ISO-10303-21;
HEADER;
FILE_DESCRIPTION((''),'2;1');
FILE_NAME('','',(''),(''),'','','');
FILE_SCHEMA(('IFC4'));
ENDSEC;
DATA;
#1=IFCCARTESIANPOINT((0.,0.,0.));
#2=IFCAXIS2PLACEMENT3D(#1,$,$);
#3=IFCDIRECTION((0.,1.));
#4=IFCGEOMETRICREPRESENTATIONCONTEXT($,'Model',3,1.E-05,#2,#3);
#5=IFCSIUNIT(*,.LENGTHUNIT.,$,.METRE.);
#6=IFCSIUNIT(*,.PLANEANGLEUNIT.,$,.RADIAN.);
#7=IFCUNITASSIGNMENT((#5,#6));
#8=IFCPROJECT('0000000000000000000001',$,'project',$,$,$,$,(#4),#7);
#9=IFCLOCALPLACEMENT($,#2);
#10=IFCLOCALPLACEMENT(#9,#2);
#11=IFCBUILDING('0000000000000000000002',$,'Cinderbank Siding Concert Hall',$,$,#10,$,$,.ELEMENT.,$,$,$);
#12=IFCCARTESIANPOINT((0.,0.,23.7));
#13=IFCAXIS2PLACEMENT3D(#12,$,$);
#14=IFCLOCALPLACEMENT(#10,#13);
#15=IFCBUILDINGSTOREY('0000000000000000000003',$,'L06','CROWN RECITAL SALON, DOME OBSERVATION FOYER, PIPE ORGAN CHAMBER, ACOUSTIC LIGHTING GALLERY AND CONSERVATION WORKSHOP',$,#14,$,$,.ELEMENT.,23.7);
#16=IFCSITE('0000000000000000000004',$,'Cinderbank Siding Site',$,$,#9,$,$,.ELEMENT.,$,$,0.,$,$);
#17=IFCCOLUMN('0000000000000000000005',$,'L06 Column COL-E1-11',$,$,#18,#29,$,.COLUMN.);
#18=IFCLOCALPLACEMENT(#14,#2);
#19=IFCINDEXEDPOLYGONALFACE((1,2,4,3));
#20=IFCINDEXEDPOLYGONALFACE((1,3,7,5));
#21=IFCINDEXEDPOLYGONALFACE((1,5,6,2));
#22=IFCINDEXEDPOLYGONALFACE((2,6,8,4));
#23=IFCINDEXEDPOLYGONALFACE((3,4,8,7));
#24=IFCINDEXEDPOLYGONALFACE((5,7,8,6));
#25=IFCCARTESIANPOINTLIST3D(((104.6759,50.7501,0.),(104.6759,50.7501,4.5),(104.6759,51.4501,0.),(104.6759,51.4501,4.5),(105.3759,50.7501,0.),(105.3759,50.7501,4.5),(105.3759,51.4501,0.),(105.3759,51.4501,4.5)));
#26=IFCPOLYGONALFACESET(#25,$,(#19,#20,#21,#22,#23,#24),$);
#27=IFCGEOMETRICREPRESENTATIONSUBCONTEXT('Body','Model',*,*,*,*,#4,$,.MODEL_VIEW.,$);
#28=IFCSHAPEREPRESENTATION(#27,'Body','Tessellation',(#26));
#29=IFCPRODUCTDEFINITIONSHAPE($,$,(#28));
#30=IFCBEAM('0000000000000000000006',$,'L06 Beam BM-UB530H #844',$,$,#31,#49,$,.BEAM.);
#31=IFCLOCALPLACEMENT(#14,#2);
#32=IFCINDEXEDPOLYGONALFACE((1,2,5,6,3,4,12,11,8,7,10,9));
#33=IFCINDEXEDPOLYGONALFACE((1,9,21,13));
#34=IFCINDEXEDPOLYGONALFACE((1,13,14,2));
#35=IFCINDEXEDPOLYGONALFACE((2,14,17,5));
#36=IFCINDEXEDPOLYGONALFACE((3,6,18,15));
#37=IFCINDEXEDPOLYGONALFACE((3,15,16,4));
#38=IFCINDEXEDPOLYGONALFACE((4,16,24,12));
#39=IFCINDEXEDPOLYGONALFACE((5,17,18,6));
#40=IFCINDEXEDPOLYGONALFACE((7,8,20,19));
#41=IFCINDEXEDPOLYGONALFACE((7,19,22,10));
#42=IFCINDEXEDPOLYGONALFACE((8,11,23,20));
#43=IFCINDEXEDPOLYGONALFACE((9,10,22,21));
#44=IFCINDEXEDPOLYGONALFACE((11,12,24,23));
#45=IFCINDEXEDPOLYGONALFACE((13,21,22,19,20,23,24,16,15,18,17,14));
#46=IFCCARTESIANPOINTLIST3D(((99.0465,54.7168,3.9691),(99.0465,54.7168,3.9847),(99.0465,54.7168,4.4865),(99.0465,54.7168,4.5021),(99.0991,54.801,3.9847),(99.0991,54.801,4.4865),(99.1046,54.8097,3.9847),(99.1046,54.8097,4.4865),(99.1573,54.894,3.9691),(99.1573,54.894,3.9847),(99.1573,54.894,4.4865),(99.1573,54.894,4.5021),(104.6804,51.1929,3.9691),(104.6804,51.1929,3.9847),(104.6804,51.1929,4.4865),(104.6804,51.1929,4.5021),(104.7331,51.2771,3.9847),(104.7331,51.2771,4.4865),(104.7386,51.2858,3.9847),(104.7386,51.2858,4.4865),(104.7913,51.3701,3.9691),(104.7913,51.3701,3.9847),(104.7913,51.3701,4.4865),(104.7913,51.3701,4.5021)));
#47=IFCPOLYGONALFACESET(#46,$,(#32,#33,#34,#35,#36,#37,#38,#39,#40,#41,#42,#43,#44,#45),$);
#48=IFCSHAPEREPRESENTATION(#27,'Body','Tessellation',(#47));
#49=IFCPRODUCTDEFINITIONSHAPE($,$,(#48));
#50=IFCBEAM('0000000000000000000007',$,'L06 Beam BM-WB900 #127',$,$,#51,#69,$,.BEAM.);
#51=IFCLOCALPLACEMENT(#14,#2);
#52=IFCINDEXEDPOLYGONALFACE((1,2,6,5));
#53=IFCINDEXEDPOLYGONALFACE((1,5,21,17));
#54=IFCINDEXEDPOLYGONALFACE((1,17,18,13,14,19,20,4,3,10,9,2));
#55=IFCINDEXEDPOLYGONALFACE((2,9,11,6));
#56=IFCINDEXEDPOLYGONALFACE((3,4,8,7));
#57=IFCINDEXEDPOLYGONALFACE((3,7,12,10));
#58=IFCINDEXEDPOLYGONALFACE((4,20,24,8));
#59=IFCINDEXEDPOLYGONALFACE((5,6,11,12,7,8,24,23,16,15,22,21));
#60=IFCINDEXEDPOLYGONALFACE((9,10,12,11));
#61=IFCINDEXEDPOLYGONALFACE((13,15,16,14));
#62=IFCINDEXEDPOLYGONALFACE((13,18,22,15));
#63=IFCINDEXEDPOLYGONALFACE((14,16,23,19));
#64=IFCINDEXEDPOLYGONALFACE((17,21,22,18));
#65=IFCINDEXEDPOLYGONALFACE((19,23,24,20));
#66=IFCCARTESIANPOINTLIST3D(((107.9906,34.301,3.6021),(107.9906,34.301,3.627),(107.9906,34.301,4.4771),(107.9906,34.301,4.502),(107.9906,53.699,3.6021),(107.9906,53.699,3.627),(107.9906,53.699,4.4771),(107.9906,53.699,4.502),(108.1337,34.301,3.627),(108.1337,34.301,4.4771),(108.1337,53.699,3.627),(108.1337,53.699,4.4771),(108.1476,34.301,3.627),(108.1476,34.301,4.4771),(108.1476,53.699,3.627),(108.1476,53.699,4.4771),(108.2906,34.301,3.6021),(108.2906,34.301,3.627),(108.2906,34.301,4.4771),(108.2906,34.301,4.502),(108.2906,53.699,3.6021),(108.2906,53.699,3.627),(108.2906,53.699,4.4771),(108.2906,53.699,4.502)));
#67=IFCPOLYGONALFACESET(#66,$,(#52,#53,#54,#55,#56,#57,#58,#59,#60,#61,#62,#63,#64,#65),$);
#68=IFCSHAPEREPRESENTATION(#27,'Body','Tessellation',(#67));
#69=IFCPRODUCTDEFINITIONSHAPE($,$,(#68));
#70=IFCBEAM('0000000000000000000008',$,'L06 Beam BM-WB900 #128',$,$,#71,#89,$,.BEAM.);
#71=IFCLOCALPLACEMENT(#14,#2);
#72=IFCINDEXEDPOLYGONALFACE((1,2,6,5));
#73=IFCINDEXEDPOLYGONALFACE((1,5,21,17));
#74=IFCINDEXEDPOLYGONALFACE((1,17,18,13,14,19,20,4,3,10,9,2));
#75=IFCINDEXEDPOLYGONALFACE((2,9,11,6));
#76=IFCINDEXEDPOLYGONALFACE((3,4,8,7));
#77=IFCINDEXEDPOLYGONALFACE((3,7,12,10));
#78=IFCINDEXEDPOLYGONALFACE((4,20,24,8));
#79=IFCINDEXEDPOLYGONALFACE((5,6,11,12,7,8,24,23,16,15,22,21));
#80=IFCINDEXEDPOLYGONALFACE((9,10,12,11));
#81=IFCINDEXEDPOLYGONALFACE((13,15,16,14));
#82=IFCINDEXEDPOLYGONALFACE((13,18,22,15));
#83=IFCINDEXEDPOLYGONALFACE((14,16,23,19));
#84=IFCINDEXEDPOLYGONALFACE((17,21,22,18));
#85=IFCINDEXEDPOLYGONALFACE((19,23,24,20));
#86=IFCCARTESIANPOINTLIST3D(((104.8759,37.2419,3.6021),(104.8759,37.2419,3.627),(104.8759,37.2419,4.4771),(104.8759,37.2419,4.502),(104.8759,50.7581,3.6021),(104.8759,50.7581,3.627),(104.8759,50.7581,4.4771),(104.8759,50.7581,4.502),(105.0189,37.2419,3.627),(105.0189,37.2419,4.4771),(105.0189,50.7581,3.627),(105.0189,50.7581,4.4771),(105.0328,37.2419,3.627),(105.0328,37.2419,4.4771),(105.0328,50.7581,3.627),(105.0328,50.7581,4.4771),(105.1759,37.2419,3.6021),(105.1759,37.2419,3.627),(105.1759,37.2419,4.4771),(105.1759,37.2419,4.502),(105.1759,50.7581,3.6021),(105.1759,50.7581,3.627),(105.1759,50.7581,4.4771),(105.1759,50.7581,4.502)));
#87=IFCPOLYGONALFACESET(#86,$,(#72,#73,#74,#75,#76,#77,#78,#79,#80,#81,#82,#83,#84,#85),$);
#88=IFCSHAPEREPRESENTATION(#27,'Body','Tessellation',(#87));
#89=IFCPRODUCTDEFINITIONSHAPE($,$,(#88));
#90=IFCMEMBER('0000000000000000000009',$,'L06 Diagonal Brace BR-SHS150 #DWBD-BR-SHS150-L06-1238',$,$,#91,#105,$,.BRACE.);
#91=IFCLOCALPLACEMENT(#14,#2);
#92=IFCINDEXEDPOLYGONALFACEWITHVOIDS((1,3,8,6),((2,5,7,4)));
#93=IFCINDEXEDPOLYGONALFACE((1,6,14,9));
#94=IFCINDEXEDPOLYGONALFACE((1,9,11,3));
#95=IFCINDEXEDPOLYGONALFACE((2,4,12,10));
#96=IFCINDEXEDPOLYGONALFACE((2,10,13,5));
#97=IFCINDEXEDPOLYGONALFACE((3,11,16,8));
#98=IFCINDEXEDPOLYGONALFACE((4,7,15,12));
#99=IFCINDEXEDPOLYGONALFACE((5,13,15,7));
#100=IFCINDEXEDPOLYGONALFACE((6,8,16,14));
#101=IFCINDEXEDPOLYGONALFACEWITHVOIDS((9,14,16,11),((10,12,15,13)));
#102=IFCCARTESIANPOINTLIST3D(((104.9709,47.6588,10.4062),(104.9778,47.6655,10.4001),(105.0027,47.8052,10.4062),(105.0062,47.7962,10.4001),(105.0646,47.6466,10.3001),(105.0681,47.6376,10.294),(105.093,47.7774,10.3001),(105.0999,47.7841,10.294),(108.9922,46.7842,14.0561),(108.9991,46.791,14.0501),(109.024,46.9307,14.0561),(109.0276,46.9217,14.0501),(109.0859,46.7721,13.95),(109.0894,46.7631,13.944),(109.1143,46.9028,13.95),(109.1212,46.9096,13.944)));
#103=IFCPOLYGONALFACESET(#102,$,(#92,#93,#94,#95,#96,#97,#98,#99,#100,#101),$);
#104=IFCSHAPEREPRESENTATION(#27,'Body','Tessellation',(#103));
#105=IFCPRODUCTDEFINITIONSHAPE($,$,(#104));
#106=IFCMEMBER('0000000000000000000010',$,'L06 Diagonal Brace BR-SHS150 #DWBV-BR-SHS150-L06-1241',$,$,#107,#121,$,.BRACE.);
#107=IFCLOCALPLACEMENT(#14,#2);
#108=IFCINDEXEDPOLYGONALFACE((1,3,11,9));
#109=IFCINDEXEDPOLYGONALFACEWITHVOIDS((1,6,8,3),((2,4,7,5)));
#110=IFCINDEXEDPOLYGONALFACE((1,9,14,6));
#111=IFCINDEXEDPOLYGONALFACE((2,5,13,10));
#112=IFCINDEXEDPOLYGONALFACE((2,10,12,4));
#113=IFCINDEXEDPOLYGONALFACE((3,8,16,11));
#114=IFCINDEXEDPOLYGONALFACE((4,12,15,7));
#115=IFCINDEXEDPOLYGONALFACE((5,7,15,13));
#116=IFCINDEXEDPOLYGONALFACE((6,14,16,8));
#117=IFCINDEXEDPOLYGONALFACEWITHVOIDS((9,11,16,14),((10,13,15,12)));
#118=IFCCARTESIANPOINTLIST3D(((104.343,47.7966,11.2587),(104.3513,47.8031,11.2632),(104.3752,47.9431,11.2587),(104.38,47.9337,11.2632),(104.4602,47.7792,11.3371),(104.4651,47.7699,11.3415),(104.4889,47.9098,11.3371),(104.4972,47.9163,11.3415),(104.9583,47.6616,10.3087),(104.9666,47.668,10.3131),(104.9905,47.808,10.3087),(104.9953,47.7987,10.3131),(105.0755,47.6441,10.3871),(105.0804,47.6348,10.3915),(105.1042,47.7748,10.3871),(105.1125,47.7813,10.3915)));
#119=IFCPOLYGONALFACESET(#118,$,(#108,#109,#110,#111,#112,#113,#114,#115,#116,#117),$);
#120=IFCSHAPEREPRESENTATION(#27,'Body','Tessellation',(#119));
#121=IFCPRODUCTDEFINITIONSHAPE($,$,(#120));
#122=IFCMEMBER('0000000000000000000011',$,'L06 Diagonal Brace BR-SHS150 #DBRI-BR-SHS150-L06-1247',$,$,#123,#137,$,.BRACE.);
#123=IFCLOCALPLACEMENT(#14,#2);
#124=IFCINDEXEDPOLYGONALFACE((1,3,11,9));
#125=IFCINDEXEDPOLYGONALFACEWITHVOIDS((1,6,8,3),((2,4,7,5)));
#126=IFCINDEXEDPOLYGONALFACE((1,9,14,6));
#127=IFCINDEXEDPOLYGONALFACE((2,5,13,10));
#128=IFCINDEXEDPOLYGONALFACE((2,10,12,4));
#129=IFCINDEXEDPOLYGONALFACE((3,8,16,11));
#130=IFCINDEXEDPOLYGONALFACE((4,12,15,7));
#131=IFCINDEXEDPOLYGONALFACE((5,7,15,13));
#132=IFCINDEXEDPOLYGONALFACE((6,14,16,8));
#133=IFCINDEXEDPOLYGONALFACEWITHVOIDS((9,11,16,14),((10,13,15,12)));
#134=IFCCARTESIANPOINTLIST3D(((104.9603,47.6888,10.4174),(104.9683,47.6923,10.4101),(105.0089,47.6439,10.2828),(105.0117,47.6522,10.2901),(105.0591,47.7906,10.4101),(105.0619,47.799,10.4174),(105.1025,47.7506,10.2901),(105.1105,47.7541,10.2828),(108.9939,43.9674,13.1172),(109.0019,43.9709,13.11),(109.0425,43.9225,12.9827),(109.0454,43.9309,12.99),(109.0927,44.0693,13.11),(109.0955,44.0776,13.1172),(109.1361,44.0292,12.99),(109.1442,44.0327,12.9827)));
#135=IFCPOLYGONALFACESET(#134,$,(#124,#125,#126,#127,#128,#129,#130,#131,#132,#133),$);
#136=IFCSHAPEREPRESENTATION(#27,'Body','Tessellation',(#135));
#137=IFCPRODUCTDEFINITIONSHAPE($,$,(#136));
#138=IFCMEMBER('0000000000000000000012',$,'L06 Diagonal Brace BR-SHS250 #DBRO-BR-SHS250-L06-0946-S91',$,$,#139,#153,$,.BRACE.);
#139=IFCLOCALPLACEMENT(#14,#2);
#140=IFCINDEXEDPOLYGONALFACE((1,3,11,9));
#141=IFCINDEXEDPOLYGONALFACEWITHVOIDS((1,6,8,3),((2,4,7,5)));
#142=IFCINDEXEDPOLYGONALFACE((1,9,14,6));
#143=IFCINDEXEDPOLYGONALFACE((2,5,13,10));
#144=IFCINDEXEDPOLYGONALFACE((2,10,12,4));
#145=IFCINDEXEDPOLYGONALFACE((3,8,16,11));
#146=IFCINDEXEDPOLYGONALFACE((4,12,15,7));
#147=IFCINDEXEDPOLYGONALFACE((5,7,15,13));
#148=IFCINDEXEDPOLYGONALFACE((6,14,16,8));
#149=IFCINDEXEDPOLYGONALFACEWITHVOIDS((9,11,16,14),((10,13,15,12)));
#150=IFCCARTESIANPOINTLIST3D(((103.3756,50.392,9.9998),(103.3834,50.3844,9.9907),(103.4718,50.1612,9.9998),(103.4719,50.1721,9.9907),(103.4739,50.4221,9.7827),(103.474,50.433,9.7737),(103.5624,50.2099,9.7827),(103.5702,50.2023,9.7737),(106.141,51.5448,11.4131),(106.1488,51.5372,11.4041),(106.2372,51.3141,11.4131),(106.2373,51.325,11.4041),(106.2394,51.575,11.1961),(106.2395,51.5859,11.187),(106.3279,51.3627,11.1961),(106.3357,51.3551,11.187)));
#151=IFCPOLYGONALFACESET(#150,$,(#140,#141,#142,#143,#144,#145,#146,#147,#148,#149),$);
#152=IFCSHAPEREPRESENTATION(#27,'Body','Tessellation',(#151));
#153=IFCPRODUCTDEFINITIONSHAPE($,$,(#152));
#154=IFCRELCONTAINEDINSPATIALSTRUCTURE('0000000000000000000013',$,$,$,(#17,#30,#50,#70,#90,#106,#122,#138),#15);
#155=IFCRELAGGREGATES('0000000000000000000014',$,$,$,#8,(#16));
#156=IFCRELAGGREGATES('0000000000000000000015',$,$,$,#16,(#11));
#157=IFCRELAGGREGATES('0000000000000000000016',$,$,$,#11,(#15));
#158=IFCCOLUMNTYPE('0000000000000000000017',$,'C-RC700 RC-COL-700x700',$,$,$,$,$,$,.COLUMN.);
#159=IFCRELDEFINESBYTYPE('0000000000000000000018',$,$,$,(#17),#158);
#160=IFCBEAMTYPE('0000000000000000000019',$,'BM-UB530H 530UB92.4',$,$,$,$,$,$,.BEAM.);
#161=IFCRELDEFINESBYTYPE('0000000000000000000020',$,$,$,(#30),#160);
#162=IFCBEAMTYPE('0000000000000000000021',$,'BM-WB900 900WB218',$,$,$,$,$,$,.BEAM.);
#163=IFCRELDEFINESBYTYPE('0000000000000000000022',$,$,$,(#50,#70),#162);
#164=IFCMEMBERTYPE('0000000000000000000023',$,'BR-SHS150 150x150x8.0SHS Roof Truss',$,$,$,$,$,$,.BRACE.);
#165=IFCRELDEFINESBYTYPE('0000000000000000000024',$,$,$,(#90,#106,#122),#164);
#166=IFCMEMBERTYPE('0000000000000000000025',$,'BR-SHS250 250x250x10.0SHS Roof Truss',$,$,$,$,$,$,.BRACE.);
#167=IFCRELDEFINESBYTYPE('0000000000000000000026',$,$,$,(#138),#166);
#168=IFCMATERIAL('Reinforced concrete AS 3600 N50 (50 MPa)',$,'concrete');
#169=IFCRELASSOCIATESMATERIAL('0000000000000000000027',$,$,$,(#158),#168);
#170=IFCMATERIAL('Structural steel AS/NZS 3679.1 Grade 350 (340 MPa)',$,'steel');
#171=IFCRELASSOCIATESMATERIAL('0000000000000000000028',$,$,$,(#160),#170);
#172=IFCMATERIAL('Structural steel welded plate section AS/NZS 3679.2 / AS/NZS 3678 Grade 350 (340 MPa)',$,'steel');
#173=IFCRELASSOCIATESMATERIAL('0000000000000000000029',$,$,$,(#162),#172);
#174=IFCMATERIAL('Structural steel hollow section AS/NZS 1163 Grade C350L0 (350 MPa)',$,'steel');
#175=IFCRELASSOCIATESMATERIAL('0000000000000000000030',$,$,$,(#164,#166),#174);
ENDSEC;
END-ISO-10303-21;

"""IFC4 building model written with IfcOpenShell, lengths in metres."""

from ifc_helpers import new_model, si_unit, direction, frame, origin, origin_2d, place, context, subcontext, project, spatial, rectangle, hollow_rectangle, i_section, extrude, material, material_profile, profile_set, type_object, element, save


model = new_model("IFC4")

# Units and contexts
model_context = context("Model", 3, precision=1e-05, world=origin(), true_north=direction((0.0, 1.0)))
body_context = subcontext(model_context, "Body", "Model", "MODEL_VIEW")
ifc_project = project(units=[si_unit("LENGTHUNIT", "METRE"), si_unit("PLANEANGLEUNIT", "RADIAN")], contexts=[model_context])

# Site, building, storey
site_placement = place(None, origin())
site = spatial("IfcSite", under=ifc_project, at=site_placement, Name="Cinderbank Siding Site", CompositionType="ELEMENT", RefElevation=0.0)
building_placement = place(site_placement, origin())
building = spatial("IfcBuilding", under=site, at=building_placement, Name="Cinderbank Siding Concert Hall", CompositionType="ELEMENT")
storey_placement = place(building_placement, frame((0.0, 0.0, 23.7)))
storey = spatial("IfcBuildingStorey", under=building, at=storey_placement, Name="L06", Description="CROWN RECITAL SALON, DOME OBSERVATION FOYER, PIPE ORGAN CHAMBER, ACOUSTIC LIGHTING GALLERY AND CONSERVATION WORKSHOP", CompositionType="ELEMENT", Elevation=23.7)

# Column
ifc_material_1 = material(Name="Reinforced concrete AS 3600 N50 (50 MPa)", Category="concrete")
ifc_material_profile_1 = material_profile(ifc_material_1, rectangle(XDim=0.7, YDim=0.7, at=origin_2d()), Name="RC-COL-700x700", Category="LoadBearing")
ifc_profile_set_1 = profile_set([ifc_material_profile_1], Name="Reinforced concrete AS 3600 N50 (50 MPa)")
column_type = type_object("IfcColumnType", Name="C-RC700 RC-COL-700x700", PredefinedType="COLUMN", material=ifc_profile_set_1)
column_placement = place(storey_placement, frame((105.0259, 51.1001, 0.0), z_axis=(0.0, 0.0, 1.0), x_axis=(1.0, 0.0, 0.0)))
element("IfcColumn", 1, at=column_placement, inside=storey, type_object=column_type, Name="L06 Column COL-E1-11", PredefinedType="COLUMN", context=body_context, shape_type="SweptSolid", body=[
    extrude(rectangle(XDim=0.7, YDim=0.7, at=origin_2d()), origin(), (0.0, 0.0, 1.0), 4.5),
])

# Beams
ifc_material_2 = material(Name="Structural steel AS/NZS 3679.1 Grade 350 (340 MPa)", Category="steel")
ifc_material_profile_2 = material_profile(ifc_material_2, i_section(OverallWidth=0.209, OverallDepth=0.533, WebThickness=0.0103, FlangeThickness=0.0156, at=origin_2d()), Name="530UB92.4", Category="LoadBearing")
ifc_profile_set_2 = profile_set([ifc_material_profile_2], Name="Structural steel AS/NZS 3679.1 Grade 350 (340 MPa)")
beam_type_1 = type_object("IfcBeamType", Name="BM-UB530H 530UB92.4", PredefinedType="BEAM", material=ifc_profile_set_2)
beam_1_placement = place(storey_placement, frame((104.7358, 51.2815, 4.2356), z_axis=(-0.847819, 0.530286, 0.0), x_axis=(-0.530286, -0.847819, 0.0)))
element("IfcBeam", 2, at=beam_1_placement, inside=storey, type_object=beam_type_1, Name="L06 Beam BM-UB530H #844", PredefinedType="BEAM", context=body_context, shape_type="SweptSolid", body=[
    extrude(i_section(OverallWidth=0.209, OverallDepth=0.533, WebThickness=0.0103, FlangeThickness=0.0156, at=origin_2d()), origin(), (0.0, 0.0, 1.0), 6.6453),
])
ifc_material_3 = material(Name="Structural steel welded plate section AS/NZS 3679.2 / AS/NZS 3678 Grade 350 (340 MPa)", Category="steel")
ifc_material_profile_3 = material_profile(ifc_material_3, i_section(OverallWidth=0.3, OverallDepth=0.8999, WebThickness=0.0139, FlangeThickness=0.0249, at=origin_2d()), Name="900WB218", Category="LoadBearing")
ifc_profile_set_3 = profile_set([ifc_material_profile_3], Name="Structural steel welded plate section AS/NZS 3679.2 / AS/NZS 3678 Grade 350 (340 MPa)")
beam_type_2 = type_object("IfcBeamType", Name="BM-WB900 900WB218", PredefinedType="BEAM", material=ifc_profile_set_3)
beam_2_placement = place(storey_placement, frame((108.1406, 53.699, 4.052), z_axis=(0.0, -1.0, 0.0), x_axis=(1.0, 0.0, 0.0)))
element("IfcBeam", 3, at=beam_2_placement, inside=storey, type_object=beam_type_2, Name="L06 Beam BM-WB900 #127", PredefinedType="BEAM", context=body_context, shape_type="SweptSolid", body=[
    extrude(i_section(OverallWidth=0.3, OverallDepth=0.8999, WebThickness=0.0139, FlangeThickness=0.0249, at=origin_2d()), origin(), (0.0, 0.0, 1.0), 19.3979),
])
beam_3_placement = place(storey_placement, frame((105.0259, 50.7581, 4.052), z_axis=(0.0, -1.0, 0.0), x_axis=(1.0, 0.0, 0.0)))
element("IfcBeam", 4, at=beam_3_placement, inside=storey, type_object=beam_type_2, Name="L06 Beam BM-WB900 #128", PredefinedType="BEAM", context=body_context, shape_type="SweptSolid", body=[
    extrude(i_section(OverallWidth=0.3, OverallDepth=0.8999, WebThickness=0.0139, FlangeThickness=0.0249, at=origin_2d()), origin(), (0.0, 0.0, 1.0), 13.5161),
])

# Members
ifc_material_4 = material(Name="Structural steel hollow section AS/NZS 1163 Grade C350L0 (350 MPa)", Category="steel")
ifc_material_profile_4 = material_profile(ifc_material_4, hollow_rectangle(XDim=0.1499, YDim=0.1499, WallThickness=0.0081, at=origin_2d()), Name="150x150x8.0SHS", Category="LoadBearing")
ifc_profile_set_4 = profile_set([ifc_material_profile_4], Name="Structural steel hollow section AS/NZS 1163 Grade C350L0 (350 MPa)")
member_type_1 = type_object("IfcMemberType", Name="BR-SHS150 150x150x8.0SHS Roof Truss", PredefinedType="BRACE", material=ifc_profile_set_4)
member_1_placement = place(storey_placement, frame((105.0354, 47.7214, 10.3501), z_axis=(0.731051, -0.158984, 0.663543), x_axis=(0.212506, 0.97716, 0.0)))
element("IfcMember", 5, at=member_1_placement, inside=storey, type_object=member_type_1, Name="L06 Diagonal Brace BR-SHS150 #DWBD-BR-SHS150-L06-1238", PredefinedType="BRACE", context=body_context, shape_type="SweptSolid", body=[
    extrude(hollow_rectangle(XDim=0.1499, YDim=0.1499, WallThickness=0.0081, at=origin_2d()), origin(), (0.0, 0.0, 1.0), 5.5007),
])
member_2_placement = place(storey_placement, frame((105.0354, 47.7214, 10.3501), z_axis=(-0.539773, 0.11845, 0.833435), x_axis=(-0.214344, -0.976758, 0.0)))
element("IfcMember", 6, at=member_2_placement, inside=storey, type_object=member_type_1, Name="L06 Diagonal Brace BR-SHS150 #DWBV-BR-SHS150-L06-1241", PredefinedType="BRACE", context=body_context, shape_type="SweptSolid", body=[
    extrude(hollow_rectangle(XDim=0.1499, YDim=0.1499, WallThickness=0.0081, at=origin_2d()), origin(), (0.0, 0.0, 1.0), 1.1399),
])
member_3_placement = place(storey_placement, frame((105.0354, 47.7214, 10.3501), z_axis=(0.659495, -0.608443, 0.441433), x_axis=(0.678086, 0.734982, 0.0)))
element("IfcMember", 7, at=member_3_placement, inside=storey, type_object=member_type_1, Name="L06 Diagonal Brace BR-SHS150 #DBRI-BR-SHS150-L06-1247", PredefinedType="BRACE", context=body_context, shape_type="SweptSolid", body=[
    extrude(hollow_rectangle(XDim=0.1499, YDim=0.1499, WallThickness=0.0081, at=origin_2d()), origin(), (0.0, 0.0, 1.0), 6.1162),
])
ifc_material_profile_5 = material_profile(ifc_material_4, hollow_rectangle(XDim=0.25, YDim=0.25, WallThickness=0.01, at=origin_2d()), Name="250x250x10.0SHS", Category="LoadBearing")
ifc_profile_set_5 = profile_set([ifc_material_profile_5], Name="Structural steel hollow section AS/NZS 1163 Grade C350L0 (350 MPa)")
member_type_2 = type_object("IfcMemberType", Name="BR-SHS250 250x250x10.0SHS Roof Truss", PredefinedType="BRACE", material=ifc_profile_set_5)
member_4_placement = place(storey_placement, frame((103.4729, 50.2971, 9.8867), z_axis=(0.834786, 0.348006, 0.426642), x_axis=(-0.384783, 0.923007, 0.0)))
element("IfcMember", 8, at=member_4_placement, inside=storey, type_object=member_type_2, Name="L06 Diagonal Brace BR-SHS250 #DBRO-BR-SHS250-L06-0946-S91", PredefinedType="BRACE", context=body_context, shape_type="SweptSolid", body=[
    extrude(hollow_rectangle(XDim=0.25, YDim=0.25, WallThickness=0.01, at=origin_2d()), origin(), (0.0, 0.0, 1.0), 3.3127),
])

save(model, "model.ifc")
